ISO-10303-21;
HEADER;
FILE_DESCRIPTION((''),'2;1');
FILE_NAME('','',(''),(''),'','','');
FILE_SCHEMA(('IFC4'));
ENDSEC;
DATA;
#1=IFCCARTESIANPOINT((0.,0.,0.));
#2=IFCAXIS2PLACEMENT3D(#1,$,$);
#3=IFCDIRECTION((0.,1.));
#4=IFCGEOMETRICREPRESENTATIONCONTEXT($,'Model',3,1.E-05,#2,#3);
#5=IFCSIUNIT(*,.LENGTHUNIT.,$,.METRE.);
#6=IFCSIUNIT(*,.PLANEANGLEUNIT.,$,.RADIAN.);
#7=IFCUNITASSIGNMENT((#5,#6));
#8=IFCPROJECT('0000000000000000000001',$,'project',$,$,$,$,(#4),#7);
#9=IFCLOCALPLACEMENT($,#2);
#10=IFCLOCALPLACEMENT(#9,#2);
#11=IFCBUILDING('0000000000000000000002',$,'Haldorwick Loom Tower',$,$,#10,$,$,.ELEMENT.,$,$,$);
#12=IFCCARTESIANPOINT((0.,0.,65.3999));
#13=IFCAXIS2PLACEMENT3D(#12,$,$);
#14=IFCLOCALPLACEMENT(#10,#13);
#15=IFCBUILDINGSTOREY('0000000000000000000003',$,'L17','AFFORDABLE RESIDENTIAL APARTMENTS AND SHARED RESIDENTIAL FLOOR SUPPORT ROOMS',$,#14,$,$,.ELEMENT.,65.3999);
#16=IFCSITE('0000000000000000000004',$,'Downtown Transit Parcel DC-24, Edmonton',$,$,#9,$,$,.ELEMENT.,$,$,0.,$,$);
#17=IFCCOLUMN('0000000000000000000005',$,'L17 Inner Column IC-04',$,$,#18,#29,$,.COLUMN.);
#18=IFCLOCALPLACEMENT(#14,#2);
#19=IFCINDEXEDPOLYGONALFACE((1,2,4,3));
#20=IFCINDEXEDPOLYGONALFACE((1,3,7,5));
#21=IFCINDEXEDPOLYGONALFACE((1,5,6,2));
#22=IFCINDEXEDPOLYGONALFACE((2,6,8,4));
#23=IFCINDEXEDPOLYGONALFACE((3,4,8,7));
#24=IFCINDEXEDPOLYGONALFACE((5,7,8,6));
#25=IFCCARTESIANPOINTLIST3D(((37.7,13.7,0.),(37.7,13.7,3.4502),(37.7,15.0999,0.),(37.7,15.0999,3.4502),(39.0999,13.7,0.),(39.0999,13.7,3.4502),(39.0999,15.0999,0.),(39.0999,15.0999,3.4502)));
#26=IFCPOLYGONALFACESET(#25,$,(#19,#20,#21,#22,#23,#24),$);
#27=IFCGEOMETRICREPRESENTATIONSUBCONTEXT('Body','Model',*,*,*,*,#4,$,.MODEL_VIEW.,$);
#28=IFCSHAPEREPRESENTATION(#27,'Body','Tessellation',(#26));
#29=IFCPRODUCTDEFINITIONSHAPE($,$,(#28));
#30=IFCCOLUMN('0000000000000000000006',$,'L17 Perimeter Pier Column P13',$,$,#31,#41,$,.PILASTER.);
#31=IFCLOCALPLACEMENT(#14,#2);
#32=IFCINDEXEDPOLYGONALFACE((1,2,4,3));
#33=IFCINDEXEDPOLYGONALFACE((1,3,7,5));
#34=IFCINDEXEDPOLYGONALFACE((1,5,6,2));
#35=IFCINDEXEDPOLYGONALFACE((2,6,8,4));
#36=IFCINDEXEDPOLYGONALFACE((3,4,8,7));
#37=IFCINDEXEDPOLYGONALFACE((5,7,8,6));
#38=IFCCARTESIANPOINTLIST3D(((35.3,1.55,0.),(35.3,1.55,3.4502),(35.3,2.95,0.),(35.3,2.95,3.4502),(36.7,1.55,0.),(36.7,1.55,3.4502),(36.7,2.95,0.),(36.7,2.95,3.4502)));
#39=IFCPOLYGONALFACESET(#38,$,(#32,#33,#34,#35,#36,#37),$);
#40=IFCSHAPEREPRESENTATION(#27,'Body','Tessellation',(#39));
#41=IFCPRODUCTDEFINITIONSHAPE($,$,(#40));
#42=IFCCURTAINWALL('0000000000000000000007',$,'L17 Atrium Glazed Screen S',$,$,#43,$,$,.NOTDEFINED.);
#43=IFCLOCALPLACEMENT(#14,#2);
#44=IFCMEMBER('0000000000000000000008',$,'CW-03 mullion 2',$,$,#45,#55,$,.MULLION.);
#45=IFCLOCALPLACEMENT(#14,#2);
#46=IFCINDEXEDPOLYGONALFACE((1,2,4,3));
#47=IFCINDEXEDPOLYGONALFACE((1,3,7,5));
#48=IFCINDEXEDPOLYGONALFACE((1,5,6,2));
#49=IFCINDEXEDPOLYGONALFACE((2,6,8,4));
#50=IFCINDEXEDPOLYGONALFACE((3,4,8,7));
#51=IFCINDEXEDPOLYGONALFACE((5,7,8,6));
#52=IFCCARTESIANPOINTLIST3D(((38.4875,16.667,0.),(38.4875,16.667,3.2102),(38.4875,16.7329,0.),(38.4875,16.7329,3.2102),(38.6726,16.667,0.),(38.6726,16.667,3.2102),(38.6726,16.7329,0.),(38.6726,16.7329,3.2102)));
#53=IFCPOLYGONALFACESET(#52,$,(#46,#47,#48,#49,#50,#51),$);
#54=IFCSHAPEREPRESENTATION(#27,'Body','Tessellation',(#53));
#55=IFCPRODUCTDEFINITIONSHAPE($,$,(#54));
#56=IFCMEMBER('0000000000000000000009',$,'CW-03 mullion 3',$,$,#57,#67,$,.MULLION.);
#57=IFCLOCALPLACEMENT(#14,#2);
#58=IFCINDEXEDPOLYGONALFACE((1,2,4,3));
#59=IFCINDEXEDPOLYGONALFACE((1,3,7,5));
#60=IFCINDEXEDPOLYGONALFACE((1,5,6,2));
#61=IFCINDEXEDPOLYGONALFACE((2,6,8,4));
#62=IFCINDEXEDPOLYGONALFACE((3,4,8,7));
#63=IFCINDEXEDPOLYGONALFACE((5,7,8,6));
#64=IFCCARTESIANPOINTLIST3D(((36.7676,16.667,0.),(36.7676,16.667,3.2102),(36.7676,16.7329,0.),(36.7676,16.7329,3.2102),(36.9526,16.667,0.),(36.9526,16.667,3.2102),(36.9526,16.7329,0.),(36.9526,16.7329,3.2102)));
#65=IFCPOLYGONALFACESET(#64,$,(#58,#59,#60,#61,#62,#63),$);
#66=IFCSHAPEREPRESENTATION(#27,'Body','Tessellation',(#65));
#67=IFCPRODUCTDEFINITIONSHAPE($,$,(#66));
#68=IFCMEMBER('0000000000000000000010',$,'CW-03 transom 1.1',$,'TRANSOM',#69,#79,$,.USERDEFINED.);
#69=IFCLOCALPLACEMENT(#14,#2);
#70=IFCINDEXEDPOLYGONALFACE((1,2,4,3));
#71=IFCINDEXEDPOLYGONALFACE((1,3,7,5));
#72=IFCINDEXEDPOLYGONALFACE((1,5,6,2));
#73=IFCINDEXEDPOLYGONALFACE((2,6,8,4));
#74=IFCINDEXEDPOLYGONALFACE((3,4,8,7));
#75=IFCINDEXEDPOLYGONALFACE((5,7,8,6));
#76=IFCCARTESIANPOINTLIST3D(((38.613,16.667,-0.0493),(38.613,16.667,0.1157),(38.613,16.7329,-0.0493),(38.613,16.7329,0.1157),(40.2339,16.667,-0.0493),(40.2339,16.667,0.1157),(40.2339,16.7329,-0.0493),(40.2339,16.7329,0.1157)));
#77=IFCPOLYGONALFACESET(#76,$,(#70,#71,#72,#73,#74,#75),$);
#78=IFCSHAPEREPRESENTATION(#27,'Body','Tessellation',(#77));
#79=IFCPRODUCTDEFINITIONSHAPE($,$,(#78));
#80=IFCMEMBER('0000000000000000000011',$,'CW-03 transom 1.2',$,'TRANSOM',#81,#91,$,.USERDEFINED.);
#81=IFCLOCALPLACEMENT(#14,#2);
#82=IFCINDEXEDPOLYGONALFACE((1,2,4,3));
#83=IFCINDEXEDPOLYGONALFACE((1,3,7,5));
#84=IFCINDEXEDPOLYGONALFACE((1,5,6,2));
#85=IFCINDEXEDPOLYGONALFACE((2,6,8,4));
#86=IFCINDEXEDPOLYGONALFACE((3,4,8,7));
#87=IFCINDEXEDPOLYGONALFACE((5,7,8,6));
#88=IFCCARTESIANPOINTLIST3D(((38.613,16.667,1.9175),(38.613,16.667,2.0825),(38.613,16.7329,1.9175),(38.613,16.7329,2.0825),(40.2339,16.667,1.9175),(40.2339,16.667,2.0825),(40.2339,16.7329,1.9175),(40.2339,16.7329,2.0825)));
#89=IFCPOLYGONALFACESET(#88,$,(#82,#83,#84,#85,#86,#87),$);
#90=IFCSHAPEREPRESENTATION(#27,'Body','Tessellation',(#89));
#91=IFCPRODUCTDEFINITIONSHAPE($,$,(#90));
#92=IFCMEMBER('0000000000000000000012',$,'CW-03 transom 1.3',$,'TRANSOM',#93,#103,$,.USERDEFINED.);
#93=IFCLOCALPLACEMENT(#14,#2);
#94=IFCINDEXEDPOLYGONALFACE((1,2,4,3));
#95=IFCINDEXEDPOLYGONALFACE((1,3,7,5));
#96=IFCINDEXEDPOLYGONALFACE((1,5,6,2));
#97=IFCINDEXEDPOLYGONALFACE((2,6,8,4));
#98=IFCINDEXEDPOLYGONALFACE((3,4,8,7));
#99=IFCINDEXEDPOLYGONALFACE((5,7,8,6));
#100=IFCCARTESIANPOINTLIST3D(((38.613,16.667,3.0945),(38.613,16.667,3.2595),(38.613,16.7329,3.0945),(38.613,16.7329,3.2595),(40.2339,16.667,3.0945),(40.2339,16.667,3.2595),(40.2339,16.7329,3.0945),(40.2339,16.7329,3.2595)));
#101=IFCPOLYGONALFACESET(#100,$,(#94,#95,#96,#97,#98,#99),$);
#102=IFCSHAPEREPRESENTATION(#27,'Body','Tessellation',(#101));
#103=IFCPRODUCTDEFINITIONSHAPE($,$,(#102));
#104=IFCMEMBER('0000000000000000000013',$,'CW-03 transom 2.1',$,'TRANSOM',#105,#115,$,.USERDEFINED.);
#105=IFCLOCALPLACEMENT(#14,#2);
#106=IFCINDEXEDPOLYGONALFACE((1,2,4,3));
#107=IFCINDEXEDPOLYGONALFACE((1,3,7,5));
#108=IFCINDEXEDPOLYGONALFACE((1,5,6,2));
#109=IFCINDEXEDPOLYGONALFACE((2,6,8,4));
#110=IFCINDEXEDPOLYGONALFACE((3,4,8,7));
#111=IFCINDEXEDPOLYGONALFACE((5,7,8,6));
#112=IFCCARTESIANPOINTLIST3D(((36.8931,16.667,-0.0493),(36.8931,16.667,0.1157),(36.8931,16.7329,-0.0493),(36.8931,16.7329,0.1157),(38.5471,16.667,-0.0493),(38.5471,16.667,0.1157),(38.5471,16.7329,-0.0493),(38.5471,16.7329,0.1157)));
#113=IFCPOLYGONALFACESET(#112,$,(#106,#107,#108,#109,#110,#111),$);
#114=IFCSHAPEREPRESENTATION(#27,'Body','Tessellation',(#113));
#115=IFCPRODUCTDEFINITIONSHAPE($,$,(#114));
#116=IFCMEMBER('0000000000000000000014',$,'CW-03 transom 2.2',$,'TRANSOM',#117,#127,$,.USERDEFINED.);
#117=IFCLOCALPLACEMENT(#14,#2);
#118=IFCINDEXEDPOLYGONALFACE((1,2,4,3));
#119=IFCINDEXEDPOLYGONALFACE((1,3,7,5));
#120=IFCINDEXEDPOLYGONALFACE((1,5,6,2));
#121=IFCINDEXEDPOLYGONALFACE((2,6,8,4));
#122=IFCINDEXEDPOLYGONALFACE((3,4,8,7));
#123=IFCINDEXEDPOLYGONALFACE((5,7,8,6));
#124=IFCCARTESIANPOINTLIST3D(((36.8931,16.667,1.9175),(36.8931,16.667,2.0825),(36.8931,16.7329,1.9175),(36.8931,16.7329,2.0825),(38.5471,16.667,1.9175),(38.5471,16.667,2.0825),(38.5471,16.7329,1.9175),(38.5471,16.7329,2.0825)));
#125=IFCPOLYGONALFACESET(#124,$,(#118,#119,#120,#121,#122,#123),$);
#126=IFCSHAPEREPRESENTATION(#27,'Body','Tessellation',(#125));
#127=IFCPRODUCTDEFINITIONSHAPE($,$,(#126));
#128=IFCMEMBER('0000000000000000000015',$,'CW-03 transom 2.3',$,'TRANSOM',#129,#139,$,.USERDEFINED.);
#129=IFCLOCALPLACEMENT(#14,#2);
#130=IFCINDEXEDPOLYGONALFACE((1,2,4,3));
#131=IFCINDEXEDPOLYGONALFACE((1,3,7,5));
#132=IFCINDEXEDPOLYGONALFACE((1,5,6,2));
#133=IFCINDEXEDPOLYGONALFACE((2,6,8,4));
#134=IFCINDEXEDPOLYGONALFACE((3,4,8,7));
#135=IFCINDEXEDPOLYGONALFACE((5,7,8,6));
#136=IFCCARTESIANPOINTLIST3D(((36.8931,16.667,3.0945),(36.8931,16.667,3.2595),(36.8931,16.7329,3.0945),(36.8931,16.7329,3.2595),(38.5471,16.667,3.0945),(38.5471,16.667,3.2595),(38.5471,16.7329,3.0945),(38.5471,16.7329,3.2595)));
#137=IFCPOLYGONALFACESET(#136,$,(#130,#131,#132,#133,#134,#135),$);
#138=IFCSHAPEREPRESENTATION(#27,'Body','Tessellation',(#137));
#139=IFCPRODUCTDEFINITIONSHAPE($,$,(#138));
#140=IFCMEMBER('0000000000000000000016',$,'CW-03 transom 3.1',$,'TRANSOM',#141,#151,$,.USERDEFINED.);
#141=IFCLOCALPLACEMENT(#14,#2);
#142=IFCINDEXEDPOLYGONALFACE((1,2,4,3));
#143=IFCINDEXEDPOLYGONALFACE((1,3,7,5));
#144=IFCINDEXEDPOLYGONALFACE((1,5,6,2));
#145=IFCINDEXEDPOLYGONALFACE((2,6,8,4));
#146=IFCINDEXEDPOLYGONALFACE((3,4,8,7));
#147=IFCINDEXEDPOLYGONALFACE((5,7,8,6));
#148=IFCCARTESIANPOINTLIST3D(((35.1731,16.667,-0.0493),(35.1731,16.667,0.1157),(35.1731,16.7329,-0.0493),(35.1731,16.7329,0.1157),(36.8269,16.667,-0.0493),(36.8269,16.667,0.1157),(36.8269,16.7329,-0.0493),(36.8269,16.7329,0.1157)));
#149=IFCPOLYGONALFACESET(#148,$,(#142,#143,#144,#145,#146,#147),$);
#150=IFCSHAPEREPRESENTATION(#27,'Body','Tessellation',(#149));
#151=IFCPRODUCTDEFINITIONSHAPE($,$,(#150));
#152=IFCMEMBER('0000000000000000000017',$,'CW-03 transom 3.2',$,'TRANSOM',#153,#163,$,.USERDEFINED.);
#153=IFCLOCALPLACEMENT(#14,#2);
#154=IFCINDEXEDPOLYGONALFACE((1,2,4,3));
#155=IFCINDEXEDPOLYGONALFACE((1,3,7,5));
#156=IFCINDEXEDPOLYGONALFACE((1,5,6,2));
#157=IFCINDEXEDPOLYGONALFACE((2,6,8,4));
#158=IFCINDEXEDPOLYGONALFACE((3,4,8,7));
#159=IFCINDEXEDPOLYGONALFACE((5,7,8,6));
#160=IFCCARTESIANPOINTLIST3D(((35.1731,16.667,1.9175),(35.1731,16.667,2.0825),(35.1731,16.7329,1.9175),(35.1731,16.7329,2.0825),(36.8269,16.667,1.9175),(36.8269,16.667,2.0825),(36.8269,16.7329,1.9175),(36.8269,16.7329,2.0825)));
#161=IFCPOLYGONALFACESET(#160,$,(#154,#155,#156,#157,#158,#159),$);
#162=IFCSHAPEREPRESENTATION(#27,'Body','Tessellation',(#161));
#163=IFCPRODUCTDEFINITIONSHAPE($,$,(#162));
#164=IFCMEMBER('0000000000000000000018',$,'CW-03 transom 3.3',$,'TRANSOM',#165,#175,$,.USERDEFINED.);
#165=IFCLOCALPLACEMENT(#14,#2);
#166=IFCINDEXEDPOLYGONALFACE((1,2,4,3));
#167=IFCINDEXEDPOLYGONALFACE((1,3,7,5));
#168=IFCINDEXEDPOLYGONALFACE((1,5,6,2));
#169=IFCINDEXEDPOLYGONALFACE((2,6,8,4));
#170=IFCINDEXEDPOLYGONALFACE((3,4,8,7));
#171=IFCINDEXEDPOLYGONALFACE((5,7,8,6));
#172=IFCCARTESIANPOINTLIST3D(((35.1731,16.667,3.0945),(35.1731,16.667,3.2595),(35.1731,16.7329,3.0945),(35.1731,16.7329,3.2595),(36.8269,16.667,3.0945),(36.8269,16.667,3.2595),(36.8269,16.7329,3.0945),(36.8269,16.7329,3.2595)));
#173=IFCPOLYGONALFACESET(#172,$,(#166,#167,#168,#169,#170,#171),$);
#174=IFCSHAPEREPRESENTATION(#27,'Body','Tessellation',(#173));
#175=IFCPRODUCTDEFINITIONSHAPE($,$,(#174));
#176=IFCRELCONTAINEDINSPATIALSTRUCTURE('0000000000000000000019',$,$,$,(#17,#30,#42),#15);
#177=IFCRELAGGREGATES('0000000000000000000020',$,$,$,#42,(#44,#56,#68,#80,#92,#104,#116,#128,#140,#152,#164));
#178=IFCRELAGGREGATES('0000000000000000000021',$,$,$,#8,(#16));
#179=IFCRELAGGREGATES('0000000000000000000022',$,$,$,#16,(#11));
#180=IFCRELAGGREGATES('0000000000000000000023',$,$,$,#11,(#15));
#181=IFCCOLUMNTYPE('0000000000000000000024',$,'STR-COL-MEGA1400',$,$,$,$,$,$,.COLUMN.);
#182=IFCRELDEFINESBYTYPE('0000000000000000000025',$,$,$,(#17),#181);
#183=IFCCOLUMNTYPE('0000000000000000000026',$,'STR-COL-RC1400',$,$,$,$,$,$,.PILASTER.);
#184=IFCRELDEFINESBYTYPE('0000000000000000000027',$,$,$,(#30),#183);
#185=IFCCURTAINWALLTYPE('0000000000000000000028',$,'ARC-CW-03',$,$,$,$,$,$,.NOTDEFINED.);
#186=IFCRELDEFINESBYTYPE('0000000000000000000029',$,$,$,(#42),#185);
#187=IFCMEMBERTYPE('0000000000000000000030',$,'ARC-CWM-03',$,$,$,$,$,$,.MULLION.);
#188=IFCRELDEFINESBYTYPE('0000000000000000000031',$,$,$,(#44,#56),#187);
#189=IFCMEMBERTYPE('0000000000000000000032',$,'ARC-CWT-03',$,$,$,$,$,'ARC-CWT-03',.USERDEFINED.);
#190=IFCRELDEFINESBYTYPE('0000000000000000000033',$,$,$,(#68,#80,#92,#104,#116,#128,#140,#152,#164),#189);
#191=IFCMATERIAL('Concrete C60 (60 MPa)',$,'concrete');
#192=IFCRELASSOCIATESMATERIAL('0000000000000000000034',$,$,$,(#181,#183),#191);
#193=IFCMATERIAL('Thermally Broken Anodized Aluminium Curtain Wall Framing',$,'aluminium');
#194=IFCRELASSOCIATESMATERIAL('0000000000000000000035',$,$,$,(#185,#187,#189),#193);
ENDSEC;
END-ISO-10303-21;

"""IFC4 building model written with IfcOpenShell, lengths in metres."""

from ifc_helpers import new_model, si_unit, direction, frame, origin, origin_2d, place, context, subcontext, project, spatial, rectangle, extrude, material, material_profile, profile_set, type_object, element, aggregate, save


model = new_model("IFC4")

# Units and contexts
model_context = context("Model", 3, precision=1e-05, world=origin(), true_north=direction((0.0, 1.0)))
body_context = subcontext(model_context, "Body", "Model", "MODEL_VIEW")
ifc_project = project(units=[si_unit("LENGTHUNIT", "METRE"), si_unit("PLANEANGLEUNIT", "RADIAN")], contexts=[model_context])

# Site, building, storey
site_placement = place(None, origin())
site = spatial("IfcSite", under=ifc_project, at=site_placement, Name="Downtown Transit Parcel DC-24, Edmonton", CompositionType="ELEMENT", RefElevation=0.0)
building_placement = place(site_placement, origin())
building = spatial("IfcBuilding", under=site, at=building_placement, Name="Haldorwick Loom Tower", CompositionType="ELEMENT")
storey_placement = place(building_placement, frame((0.0, 0.0, 65.3999)))
storey = spatial("IfcBuildingStorey", under=building, at=storey_placement, Name="L17", Description="AFFORDABLE RESIDENTIAL APARTMENTS AND SHARED RESIDENTIAL FLOOR SUPPORT ROOMS", CompositionType="ELEMENT", Elevation=65.3999)

# Columns
ifc_material_1 = material(Name="Concrete C60 (60 MPa)", Category="concrete")
ifc_material_profile_1 = material_profile(ifc_material_1, rectangle(XDim=1.3999, YDim=1.3999, at=origin_2d()), Name="RC1400X1400", Category="concrete")
ifc_profile_set_1 = profile_set([ifc_material_profile_1], Name="Concrete C60 (60 MPa)")
column_type_1 = type_object("IfcColumnType", Name="STR-COL-MEGA1400", PredefinedType="COLUMN", material=ifc_profile_set_1)
column_1_placement = place(storey_placement, frame((38.3999, 14.3999, 0.0), z_axis=(0.0, 0.0, 1.0), x_axis=(1.0, 0.0, 0.0)))
element("IfcColumn", 1, at=column_1_placement, inside=storey, type_object=column_type_1, Name="L17 Inner Column IC-04", PredefinedType="COLUMN", context=body_context, shape_type="SweptSolid", body=[
    extrude(rectangle(XDim=1.3999, YDim=1.3999, at=origin_2d()), origin(), (0.0, 0.0, 1.0), 3.4502),
])
ifc_material_profile_2 = material_profile(ifc_material_1, rectangle(XDim=1.3999, YDim=1.3999, at=origin_2d()), Name="RC1400X1400", Category="concrete")
ifc_profile_set_2 = profile_set([ifc_material_profile_2], Name="Concrete C60 (60 MPa)")
column_type_2 = type_object("IfcColumnType", Name="STR-COL-RC1400", PredefinedType="PILASTER", material=ifc_profile_set_2)
column_2_placement = place(storey_placement, frame((36.0, 2.25, 0.0), z_axis=(0.0, 0.0, 1.0), x_axis=(0.0, -1.0, 0.0)))
element("IfcColumn", 2, at=column_2_placement, inside=storey, type_object=column_type_2, Name="L17 Perimeter Pier Column P13", PredefinedType="PILASTER", context=body_context, shape_type="SweptSolid", body=[
    extrude(rectangle(XDim=1.3999, YDim=1.3999, at=origin_2d()), origin(), (0.0, 0.0, 1.0), 3.4502),
])

# Curtain wall, members
ifc_material_2 = material(Name="Thermally Broken Anodized Aluminium Curtain Wall Framing", Category="aluminium")
curtain_wall_type = type_object("IfcCurtainWallType", Name="ARC-CW-03", PredefinedType="NOTDEFINED", material=ifc_material_2)
curtain_wall_placement = place(storey_placement, origin())
curtain_wall = element("IfcCurtainWall", 3, at=curtain_wall_placement, inside=storey, type_object=curtain_wall_type, Name="L17 Atrium Glazed Screen S", PredefinedType="NOTDEFINED")
ifc_material_profile_3 = material_profile(ifc_material_2, rectangle(XDim=0.0659, YDim=0.1851, at=origin_2d()), Name="ALU_MUL_66X185", Category="aluminium")
ifc_profile_set_3 = profile_set([ifc_material_profile_3], Name="Thermally Broken Anodized Aluminium Curtain Wall Framing")
member_type_1 = type_object("IfcMemberType", Name="ARC-CWM-03", PredefinedType="MULLION", material=ifc_profile_set_3)
member_1_placement = place(storey_placement, frame((38.5801, 16.7, 0.0), z_axis=(0.0, 0.0, 1.0), x_axis=(0.0, -1.0, 0.0)))
member_1 = element("IfcMember", 4, at=member_1_placement, type_object=member_type_1, Name="CW-03 mullion 2", PredefinedType="MULLION", context=body_context, shape_type="SweptSolid", body=[
    extrude(rectangle(XDim=0.0659, YDim=0.1851, at=origin_2d()), origin(), (0.0, 0.0, 1.0), 3.2102),
])
member_2_placement = place(storey_placement, frame((36.8601, 16.7, 0.0), z_axis=(0.0, 0.0, 1.0), x_axis=(0.0, -1.0, 0.0)))
member_2 = element("IfcMember", 5, at=member_2_placement, type_object=member_type_1, Name="CW-03 mullion 3", PredefinedType="MULLION", context=body_context, shape_type="SweptSolid", body=[
    extrude(rectangle(XDim=0.0659, YDim=0.1851, at=origin_2d()), origin(), (0.0, 0.0, 1.0), 3.2102),
])
ifc_material_profile_4 = material_profile(ifc_material_2, rectangle(XDim=0.0659, YDim=0.165, at=origin_2d()), Name="ALU_TRN_66X165", Category="aluminium")
ifc_profile_set_4 = profile_set([ifc_material_profile_4], Name="Thermally Broken Anodized Aluminium Curtain Wall Framing")
member_type_2 = type_object("IfcMemberType", Name="ARC-CWT-03", ElementType="ARC-CWT-03", PredefinedType="USERDEFINED", material=ifc_profile_set_4)
member_3_placement = place(storey_placement, frame((40.2339, 16.7, 0.0332), z_axis=(-1.0, 0.0, 0.0), x_axis=(0.0, -1.0, 0.0)))
member_3 = element("IfcMember", 6, at=member_3_placement, type_object=member_type_2, Name="CW-03 transom 1.1", ObjectType="TRANSOM", PredefinedType="USERDEFINED", context=body_context, shape_type="SweptSolid", body=[
    extrude(rectangle(XDim=0.0659, YDim=0.165, at=origin_2d()), origin(), (0.0, 0.0, 1.0), 1.6208),
])
member_4_placement = place(storey_placement, frame((40.2339, 16.7, 2.0), z_axis=(-1.0, 0.0, 0.0), x_axis=(0.0, -1.0, 0.0)))
member_4 = element("IfcMember", 7, at=member_4_placement, type_object=member_type_2, Name="CW-03 transom 1.2", ObjectType="TRANSOM", PredefinedType="USERDEFINED", context=body_context, shape_type="SweptSolid", body=[
    extrude(rectangle(XDim=0.0659, YDim=0.165, at=origin_2d()), origin(), (0.0, 0.0, 1.0), 1.6208),
])
member_5_placement = place(storey_placement, frame((40.2339, 16.7, 3.177), z_axis=(-1.0, 0.0, 0.0), x_axis=(0.0, -1.0, 0.0)))
member_5 = element("IfcMember", 8, at=member_5_placement, type_object=member_type_2, Name="CW-03 transom 1.3", ObjectType="TRANSOM", PredefinedType="USERDEFINED", context=body_context, shape_type="SweptSolid", body=[
    extrude(rectangle(XDim=0.0659, YDim=0.165, at=origin_2d()), origin(), (0.0, 0.0, 1.0), 1.6208),
])
member_6_placement = place(storey_placement, frame((38.5471, 16.7, 0.0332), z_axis=(-1.0, 0.0, 0.0), x_axis=(0.0, -1.0, 0.0)))
member_6 = element("IfcMember", 9, at=member_6_placement, type_object=member_type_2, Name="CW-03 transom 2.1", ObjectType="TRANSOM", PredefinedType="USERDEFINED", context=body_context, shape_type="SweptSolid", body=[
    extrude(rectangle(XDim=0.0659, YDim=0.165, at=origin_2d()), origin(), (0.0, 0.0, 1.0), 1.6541),
])
member_7_placement = place(storey_placement, frame((38.5471, 16.7, 2.0), z_axis=(-1.0, 0.0, 0.0), x_axis=(0.0, -1.0, 0.0)))
member_7 = element("IfcMember", 10, at=member_7_placement, type_object=member_type_2, Name="CW-03 transom 2.2", ObjectType="TRANSOM", PredefinedType="USERDEFINED", context=body_context, shape_type="SweptSolid", body=[
    extrude(rectangle(XDim=0.0659, YDim=0.165, at=origin_2d()), origin(), (0.0, 0.0, 1.0), 1.6541),
])
member_8_placement = place(storey_placement, frame((38.5471, 16.7, 3.177), z_axis=(-1.0, 0.0, 0.0), x_axis=(0.0, -1.0, 0.0)))
member_8 = element("IfcMember", 11, at=member_8_placement, type_object=member_type_2, Name="CW-03 transom 2.3", ObjectType="TRANSOM", PredefinedType="USERDEFINED", context=body_context, shape_type="SweptSolid", body=[
    extrude(rectangle(XDim=0.0659, YDim=0.165, at=origin_2d()), origin(), (0.0, 0.0, 1.0), 1.6541),
])
member_9_placement = place(storey_placement, frame((36.8269, 16.7, 0.0332), z_axis=(-1.0, 0.0, 0.0), x_axis=(0.0, -1.0, 0.0)))
member_9 = element("IfcMember", 12, at=member_9_placement, type_object=member_type_2, Name="CW-03 transom 3.1", ObjectType="TRANSOM", PredefinedType="USERDEFINED", context=body_context, shape_type="SweptSolid", body=[
    extrude(rectangle(XDim=0.0659, YDim=0.165, at=origin_2d()), origin(), (0.0, 0.0, 1.0), 1.6538),
])
member_10_placement = place(storey_placement, frame((36.8269, 16.7, 2.0), z_axis=(-1.0, 0.0, 0.0), x_axis=(0.0, -1.0, 0.0)))
member_10 = element("IfcMember", 13, at=member_10_placement, type_object=member_type_2, Name="CW-03 transom 3.2", ObjectType="TRANSOM", PredefinedType="USERDEFINED", context=body_context, shape_type="SweptSolid", body=[
    extrude(rectangle(XDim=0.0659, YDim=0.165, at=origin_2d()), origin(), (0.0, 0.0, 1.0), 1.6538),
])
member_11_placement = place(storey_placement, frame((36.8269, 16.7, 3.177), z_axis=(-1.0, 0.0, 0.0), x_axis=(0.0, -1.0, 0.0)))
member_11 = element("IfcMember", 14, at=member_11_placement, type_object=member_type_2, Name="CW-03 transom 3.3", ObjectType="TRANSOM", PredefinedType="USERDEFINED", context=body_context, shape_type="SweptSolid", body=[
    extrude(rectangle(XDim=0.0659, YDim=0.165, at=origin_2d()), origin(), (0.0, 0.0, 1.0), 1.6538),
])

aggregate(curtain_wall, [member_1, member_2, member_3, member_4, member_5, member_6, member_7, member_8, member_9, member_10, member_11])

save(model, "model.ifc")
